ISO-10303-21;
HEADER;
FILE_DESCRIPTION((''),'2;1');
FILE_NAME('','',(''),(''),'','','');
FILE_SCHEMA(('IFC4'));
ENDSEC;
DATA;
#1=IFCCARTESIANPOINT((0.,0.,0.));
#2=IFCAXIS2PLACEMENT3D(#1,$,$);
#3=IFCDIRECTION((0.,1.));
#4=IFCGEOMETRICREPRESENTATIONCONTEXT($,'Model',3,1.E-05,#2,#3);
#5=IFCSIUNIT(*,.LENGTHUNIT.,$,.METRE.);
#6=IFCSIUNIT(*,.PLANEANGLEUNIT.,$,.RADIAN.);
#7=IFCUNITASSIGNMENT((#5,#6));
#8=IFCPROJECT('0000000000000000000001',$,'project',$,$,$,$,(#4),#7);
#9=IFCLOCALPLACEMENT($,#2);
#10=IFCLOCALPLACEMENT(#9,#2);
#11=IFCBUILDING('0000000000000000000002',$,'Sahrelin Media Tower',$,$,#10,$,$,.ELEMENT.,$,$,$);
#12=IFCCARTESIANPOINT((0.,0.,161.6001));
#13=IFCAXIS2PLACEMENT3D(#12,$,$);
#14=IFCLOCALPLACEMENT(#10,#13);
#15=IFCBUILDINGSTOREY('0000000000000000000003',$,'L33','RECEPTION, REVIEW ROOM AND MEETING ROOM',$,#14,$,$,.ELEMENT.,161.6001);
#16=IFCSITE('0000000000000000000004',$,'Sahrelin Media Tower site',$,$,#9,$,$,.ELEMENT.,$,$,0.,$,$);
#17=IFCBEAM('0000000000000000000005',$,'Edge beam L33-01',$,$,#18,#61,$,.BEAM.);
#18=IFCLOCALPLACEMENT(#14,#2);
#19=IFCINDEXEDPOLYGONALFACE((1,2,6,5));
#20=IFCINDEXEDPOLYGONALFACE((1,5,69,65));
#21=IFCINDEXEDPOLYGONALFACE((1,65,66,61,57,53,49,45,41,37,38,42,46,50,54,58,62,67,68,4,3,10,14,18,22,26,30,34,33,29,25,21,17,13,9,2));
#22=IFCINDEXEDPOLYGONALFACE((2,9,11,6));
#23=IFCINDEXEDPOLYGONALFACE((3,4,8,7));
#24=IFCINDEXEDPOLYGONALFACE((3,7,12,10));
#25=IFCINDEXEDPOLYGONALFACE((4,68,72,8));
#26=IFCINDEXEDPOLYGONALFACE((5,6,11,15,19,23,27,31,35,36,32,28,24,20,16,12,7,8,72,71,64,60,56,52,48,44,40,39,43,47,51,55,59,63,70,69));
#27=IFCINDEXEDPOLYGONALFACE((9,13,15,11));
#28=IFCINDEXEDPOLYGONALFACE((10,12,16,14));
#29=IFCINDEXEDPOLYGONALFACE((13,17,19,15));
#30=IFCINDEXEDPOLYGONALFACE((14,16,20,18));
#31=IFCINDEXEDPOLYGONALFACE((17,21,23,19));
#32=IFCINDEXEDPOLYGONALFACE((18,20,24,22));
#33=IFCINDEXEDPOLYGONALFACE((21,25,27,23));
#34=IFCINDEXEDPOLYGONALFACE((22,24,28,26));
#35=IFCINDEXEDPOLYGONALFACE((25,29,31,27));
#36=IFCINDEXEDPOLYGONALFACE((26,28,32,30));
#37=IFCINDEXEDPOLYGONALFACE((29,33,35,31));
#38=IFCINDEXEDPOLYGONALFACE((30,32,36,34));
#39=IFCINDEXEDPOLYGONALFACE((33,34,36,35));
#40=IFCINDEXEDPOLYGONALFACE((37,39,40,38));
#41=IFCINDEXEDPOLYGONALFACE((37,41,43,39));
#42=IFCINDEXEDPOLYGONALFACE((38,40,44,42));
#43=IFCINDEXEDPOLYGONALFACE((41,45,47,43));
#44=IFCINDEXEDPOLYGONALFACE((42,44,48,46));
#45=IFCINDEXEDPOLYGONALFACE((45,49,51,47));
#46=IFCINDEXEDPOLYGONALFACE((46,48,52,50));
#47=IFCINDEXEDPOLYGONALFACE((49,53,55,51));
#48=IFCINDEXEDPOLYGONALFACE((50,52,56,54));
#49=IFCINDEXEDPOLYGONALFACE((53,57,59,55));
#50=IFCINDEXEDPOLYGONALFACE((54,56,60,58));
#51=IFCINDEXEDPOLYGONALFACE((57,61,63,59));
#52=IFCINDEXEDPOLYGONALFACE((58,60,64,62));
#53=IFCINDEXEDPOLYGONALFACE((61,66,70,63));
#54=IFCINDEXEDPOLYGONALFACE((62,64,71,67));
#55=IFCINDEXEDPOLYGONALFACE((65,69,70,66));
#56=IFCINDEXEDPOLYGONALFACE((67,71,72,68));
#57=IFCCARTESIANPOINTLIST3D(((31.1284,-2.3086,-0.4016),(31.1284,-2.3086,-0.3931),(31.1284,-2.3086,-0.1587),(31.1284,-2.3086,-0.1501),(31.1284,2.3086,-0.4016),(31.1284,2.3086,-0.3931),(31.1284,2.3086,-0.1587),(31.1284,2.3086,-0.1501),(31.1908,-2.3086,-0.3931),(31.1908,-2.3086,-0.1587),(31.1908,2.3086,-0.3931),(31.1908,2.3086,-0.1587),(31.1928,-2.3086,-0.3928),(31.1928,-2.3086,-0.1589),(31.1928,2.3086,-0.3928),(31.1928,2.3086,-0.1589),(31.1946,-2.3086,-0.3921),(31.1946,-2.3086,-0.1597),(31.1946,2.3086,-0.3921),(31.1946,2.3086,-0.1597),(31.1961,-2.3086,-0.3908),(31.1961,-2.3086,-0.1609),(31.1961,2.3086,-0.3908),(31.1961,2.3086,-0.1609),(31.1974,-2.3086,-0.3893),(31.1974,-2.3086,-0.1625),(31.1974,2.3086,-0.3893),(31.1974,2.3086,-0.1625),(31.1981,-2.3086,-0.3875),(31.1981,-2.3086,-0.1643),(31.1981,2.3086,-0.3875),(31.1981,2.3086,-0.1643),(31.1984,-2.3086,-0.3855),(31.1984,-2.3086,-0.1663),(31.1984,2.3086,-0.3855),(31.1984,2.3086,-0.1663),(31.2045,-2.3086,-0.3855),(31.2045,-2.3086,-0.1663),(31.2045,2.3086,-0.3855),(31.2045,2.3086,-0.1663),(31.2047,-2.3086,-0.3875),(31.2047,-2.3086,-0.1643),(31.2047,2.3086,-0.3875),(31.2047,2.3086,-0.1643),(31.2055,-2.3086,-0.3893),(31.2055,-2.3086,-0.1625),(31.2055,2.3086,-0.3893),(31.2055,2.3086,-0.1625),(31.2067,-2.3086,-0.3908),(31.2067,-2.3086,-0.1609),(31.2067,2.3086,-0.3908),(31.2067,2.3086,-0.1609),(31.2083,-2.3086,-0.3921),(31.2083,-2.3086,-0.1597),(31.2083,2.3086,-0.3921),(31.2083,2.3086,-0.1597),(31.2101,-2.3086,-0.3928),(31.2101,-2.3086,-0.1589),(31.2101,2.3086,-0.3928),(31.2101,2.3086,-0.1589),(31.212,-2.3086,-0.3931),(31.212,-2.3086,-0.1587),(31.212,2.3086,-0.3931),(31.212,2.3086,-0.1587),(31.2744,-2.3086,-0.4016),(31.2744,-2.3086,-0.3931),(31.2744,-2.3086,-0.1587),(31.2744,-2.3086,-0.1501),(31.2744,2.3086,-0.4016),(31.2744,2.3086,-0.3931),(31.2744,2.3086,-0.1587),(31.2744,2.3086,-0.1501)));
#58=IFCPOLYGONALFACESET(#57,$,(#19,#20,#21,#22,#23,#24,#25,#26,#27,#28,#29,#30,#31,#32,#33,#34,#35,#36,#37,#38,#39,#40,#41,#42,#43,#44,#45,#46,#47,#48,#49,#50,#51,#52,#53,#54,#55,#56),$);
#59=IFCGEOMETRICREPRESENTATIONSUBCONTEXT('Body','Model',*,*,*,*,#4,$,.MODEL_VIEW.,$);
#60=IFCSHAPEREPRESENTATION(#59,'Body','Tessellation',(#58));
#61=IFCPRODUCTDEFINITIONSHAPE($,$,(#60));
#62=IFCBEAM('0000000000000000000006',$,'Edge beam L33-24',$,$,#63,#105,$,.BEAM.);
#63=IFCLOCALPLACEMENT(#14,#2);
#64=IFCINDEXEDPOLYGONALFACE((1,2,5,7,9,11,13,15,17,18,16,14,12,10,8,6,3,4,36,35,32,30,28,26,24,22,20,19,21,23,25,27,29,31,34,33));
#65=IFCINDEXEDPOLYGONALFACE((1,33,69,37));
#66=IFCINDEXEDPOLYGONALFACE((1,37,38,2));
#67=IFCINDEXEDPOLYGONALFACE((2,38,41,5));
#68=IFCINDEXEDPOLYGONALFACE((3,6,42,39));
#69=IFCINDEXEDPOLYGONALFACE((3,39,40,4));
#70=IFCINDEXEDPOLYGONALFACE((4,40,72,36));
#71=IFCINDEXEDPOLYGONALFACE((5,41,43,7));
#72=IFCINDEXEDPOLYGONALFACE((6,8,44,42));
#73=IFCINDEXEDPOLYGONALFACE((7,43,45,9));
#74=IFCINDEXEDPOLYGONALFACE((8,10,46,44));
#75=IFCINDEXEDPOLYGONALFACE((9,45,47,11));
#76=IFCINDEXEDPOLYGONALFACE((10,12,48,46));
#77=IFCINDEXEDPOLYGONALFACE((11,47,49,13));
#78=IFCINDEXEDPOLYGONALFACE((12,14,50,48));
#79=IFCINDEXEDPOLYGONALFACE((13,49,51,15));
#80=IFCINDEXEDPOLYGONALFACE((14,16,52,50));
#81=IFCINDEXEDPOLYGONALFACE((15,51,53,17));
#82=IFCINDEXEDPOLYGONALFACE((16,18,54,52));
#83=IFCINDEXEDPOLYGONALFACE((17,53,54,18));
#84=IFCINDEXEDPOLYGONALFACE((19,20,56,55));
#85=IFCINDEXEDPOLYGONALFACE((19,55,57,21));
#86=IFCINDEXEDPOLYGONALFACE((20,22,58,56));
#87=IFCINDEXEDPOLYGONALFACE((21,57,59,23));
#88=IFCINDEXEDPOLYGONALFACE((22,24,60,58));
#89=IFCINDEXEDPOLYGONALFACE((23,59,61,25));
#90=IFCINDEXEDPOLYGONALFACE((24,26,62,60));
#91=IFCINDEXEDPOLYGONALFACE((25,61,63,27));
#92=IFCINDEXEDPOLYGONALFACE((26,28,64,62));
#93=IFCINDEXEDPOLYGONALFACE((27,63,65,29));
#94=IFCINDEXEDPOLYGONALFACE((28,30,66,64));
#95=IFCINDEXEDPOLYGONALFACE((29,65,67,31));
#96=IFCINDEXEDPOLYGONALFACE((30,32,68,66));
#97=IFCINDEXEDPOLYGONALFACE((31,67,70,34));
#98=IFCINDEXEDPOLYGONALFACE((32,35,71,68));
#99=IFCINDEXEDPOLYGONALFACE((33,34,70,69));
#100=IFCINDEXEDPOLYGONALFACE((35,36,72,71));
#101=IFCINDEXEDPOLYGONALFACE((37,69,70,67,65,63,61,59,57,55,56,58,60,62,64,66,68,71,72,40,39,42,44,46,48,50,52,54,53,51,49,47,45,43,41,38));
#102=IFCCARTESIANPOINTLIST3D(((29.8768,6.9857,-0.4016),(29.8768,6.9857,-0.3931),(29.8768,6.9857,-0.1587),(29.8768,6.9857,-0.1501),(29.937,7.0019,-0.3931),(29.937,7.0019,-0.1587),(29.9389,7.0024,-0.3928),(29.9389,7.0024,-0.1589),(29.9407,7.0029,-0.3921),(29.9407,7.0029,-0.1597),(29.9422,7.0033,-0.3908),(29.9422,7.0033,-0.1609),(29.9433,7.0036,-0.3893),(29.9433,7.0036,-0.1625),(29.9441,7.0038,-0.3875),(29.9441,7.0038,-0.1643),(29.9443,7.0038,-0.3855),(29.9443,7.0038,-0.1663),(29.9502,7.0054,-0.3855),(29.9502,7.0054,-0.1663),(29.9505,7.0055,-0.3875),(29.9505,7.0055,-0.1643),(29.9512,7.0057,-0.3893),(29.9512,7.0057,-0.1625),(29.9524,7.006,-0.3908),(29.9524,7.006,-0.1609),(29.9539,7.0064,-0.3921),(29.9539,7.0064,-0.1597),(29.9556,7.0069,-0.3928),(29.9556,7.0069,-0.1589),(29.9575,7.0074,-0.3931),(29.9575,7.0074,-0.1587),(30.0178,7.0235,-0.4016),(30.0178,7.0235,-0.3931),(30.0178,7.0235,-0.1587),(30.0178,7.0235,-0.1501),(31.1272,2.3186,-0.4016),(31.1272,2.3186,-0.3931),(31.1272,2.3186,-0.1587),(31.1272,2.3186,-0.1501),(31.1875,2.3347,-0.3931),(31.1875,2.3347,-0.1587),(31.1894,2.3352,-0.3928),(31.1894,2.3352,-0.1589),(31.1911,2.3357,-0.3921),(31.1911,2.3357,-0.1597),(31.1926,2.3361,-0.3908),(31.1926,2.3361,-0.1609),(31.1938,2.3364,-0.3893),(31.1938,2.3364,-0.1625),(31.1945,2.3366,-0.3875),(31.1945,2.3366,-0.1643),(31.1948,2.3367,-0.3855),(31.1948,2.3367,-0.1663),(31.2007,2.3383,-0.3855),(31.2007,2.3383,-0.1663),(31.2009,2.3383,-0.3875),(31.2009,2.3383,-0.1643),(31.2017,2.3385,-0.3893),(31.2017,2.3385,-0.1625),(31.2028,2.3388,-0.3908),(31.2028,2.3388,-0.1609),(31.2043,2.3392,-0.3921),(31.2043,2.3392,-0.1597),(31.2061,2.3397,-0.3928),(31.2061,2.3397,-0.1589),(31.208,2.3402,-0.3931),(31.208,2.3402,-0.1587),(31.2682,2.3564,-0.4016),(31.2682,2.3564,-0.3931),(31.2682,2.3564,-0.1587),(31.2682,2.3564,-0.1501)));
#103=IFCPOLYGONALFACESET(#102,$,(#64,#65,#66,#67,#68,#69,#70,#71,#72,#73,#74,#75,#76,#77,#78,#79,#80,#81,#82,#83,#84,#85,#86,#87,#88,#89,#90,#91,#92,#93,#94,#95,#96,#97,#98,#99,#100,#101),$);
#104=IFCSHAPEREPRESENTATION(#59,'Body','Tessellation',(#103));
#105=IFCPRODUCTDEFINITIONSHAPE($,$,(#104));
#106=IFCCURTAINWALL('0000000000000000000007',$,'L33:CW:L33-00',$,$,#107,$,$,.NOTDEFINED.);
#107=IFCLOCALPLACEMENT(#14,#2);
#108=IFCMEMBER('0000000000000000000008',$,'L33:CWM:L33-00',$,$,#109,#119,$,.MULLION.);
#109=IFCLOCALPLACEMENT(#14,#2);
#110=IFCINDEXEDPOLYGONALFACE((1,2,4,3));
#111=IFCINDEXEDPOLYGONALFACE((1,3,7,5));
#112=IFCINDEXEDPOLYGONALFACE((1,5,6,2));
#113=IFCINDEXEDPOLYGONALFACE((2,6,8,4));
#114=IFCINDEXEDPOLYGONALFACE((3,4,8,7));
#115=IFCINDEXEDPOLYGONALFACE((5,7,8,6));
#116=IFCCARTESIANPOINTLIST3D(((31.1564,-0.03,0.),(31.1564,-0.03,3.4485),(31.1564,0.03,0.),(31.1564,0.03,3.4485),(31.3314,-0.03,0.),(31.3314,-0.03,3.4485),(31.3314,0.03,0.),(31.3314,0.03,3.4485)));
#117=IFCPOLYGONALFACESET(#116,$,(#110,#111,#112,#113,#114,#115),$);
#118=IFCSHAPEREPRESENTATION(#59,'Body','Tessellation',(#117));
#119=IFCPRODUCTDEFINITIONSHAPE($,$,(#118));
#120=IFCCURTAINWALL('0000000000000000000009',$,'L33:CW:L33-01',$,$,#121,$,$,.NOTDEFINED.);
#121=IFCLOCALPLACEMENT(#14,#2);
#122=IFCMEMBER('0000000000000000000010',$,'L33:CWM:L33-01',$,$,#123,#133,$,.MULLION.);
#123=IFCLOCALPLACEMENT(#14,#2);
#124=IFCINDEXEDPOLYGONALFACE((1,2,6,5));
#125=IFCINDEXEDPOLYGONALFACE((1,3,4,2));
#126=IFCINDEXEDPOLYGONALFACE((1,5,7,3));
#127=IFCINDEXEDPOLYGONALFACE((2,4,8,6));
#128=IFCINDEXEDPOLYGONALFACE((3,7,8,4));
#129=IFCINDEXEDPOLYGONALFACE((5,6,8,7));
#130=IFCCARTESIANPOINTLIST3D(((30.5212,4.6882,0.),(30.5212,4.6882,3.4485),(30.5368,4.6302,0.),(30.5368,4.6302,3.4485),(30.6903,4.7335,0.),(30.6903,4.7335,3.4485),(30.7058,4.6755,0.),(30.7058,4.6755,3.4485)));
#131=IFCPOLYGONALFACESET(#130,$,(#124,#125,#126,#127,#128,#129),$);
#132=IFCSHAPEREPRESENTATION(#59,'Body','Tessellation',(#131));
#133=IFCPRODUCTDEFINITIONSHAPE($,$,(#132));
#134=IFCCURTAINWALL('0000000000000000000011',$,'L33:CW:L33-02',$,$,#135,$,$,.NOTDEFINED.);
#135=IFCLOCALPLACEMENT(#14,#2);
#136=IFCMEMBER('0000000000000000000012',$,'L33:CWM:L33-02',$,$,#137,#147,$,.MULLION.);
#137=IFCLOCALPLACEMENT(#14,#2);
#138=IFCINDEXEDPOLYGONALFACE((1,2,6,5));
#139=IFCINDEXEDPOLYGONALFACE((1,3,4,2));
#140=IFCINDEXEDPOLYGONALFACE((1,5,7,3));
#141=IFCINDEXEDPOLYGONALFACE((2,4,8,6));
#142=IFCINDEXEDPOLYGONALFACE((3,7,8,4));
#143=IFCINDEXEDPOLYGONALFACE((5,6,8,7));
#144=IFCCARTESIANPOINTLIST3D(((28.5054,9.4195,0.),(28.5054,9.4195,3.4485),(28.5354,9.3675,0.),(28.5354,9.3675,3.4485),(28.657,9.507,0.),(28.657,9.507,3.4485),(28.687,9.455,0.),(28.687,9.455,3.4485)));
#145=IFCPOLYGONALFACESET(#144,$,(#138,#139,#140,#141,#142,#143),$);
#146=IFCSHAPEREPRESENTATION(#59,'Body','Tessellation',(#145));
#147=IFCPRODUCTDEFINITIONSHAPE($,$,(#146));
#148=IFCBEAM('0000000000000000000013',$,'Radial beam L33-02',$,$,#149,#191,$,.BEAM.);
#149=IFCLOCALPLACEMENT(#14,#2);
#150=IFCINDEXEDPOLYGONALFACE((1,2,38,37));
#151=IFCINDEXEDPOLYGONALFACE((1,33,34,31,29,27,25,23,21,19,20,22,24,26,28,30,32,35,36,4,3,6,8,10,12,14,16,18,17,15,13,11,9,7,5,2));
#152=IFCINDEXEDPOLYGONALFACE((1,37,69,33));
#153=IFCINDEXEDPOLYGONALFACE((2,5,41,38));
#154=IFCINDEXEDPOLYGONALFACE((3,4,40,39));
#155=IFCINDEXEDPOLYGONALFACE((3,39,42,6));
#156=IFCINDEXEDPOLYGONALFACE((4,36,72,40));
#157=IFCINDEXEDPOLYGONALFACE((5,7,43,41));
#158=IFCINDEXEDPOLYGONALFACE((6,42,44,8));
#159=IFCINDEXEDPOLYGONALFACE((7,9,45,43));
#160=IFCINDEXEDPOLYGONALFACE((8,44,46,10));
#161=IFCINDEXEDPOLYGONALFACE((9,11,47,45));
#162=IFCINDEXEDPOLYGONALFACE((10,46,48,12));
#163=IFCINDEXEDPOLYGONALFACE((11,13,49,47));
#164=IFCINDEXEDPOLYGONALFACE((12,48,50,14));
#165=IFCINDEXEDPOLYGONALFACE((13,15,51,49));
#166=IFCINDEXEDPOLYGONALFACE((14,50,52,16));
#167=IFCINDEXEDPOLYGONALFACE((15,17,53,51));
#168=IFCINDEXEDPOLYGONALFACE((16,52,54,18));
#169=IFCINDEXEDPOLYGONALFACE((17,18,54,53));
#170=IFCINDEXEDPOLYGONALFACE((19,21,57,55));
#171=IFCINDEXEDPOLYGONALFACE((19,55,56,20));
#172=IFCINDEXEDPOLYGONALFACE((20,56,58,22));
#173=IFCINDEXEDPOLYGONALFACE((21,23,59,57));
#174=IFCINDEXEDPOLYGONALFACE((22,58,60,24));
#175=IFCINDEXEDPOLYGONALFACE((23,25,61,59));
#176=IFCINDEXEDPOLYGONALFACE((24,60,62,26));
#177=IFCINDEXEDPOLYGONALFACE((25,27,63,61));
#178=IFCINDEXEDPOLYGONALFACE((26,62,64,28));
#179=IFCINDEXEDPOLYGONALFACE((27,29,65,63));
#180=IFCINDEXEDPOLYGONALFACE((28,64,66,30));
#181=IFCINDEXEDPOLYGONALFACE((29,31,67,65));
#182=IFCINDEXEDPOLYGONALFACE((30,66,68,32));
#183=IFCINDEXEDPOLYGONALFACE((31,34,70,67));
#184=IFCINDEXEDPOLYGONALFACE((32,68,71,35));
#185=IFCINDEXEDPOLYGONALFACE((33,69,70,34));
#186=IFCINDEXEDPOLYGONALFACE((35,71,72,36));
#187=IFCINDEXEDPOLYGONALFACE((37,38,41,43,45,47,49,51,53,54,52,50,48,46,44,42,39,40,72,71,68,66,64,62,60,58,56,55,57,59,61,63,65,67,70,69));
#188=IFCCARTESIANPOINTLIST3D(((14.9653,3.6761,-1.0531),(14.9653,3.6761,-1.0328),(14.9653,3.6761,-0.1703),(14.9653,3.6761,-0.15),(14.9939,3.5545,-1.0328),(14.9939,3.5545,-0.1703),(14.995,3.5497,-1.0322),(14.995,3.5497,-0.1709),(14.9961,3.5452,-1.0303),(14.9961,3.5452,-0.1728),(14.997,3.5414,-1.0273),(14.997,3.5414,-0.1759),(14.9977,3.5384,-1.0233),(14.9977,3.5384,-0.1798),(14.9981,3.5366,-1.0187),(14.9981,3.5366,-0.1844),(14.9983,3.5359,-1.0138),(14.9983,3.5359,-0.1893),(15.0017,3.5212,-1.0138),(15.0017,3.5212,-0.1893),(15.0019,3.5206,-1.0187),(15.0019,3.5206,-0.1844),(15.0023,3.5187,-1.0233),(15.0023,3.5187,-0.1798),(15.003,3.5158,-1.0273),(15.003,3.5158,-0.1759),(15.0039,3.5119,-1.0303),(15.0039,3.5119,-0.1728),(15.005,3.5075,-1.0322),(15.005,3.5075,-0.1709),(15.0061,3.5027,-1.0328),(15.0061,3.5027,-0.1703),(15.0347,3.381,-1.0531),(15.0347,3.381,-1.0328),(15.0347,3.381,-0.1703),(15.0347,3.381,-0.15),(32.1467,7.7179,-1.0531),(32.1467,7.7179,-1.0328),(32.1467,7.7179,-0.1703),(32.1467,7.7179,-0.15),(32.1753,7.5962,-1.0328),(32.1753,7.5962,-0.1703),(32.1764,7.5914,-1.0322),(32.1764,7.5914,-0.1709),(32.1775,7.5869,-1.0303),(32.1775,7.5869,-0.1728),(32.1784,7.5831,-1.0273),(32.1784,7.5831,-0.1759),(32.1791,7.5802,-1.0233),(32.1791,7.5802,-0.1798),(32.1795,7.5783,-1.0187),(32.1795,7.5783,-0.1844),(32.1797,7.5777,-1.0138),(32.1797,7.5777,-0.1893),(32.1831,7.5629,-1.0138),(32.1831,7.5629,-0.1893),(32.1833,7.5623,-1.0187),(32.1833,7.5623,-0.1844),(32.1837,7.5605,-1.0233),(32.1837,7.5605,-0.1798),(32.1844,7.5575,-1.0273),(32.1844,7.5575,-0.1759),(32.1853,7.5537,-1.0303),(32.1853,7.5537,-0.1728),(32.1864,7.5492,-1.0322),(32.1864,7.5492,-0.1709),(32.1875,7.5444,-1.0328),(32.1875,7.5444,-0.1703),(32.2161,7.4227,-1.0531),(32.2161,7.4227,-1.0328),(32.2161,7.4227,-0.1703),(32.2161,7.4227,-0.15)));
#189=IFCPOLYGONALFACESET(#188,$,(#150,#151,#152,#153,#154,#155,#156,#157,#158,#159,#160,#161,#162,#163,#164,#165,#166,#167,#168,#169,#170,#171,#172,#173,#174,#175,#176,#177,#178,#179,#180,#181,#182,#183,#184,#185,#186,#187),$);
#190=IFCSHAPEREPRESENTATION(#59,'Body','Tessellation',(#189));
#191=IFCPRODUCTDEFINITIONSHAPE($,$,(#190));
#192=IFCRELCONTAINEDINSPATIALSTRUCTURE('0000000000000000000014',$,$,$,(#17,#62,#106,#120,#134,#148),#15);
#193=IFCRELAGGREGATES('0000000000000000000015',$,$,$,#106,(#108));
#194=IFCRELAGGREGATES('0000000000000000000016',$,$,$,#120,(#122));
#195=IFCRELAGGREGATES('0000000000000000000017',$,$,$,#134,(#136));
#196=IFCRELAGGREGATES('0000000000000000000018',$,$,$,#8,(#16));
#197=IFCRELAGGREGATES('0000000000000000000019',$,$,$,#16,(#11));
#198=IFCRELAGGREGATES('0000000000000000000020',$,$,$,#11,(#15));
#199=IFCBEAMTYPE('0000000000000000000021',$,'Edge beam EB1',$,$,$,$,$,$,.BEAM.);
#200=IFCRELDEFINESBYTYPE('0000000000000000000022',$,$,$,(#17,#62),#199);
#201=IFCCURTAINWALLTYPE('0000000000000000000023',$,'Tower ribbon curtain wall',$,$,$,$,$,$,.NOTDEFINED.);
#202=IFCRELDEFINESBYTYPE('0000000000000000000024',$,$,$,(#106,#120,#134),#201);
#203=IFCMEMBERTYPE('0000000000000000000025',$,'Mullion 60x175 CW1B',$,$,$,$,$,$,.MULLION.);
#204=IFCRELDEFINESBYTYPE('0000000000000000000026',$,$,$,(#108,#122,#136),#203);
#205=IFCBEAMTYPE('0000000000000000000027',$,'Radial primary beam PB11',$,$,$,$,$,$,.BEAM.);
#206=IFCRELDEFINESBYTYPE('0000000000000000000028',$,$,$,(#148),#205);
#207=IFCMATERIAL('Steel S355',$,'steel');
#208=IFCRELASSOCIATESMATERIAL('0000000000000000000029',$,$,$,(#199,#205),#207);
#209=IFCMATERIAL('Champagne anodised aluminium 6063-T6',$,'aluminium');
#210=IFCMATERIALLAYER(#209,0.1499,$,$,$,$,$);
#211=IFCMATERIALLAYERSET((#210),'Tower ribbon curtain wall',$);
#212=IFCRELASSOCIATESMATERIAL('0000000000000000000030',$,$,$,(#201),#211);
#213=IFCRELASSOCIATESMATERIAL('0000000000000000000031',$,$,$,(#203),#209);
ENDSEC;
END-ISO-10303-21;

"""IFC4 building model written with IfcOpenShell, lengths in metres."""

from ifc_helpers import new_model, si_unit, direction, frame, origin, origin_2d, place, context, subcontext, project, spatial, rectangle, i_section, extrude, material, layer, layer_set, material_profile, profile_set, type_object, element, aggregate, save


model = new_model("IFC4")

# Units and contexts
model_context = context("Model", 3, precision=1e-05, world=origin(), true_north=direction((0.0, 1.0)))
body_context = subcontext(model_context, "Body", "Model", "MODEL_VIEW")
ifc_project = project(units=[si_unit("LENGTHUNIT", "METRE"), si_unit("PLANEANGLEUNIT", "RADIAN")], contexts=[model_context])

# Site, building, storey
site_placement = place(None, origin())
site = spatial("IfcSite", under=ifc_project, at=site_placement, Name="Sahrelin Media Tower site", CompositionType="ELEMENT", RefElevation=0.0)
building_placement = place(site_placement, origin())
building = spatial("IfcBuilding", under=site, at=building_placement, Name="Sahrelin Media Tower", CompositionType="ELEMENT")
storey_placement = place(building_placement, frame((0.0, 0.0, 161.6001)))
storey = spatial("IfcBuildingStorey", under=building, at=storey_placement, Name="L33", Description="RECEPTION, REVIEW ROOM AND MEETING ROOM", CompositionType="ELEMENT", Elevation=161.6001)

# Beams
ifc_material_1 = material(Name="Steel S355", Category="steel")
ifc_material_profile_1 = material_profile(ifc_material_1, i_section(OverallWidth=0.146, OverallDepth=0.2515, WebThickness=0.0061, FlangeThickness=0.0085, FilletRadius=0.0076, at=origin_2d()), Name="UB 254x146x31")
ifc_profile_set_1 = profile_set([ifc_material_profile_1], Name="Steel S355")
beam_type_1 = type_object("IfcBeamType", Name="Edge beam EB1", PredefinedType="BEAM", material=ifc_profile_set_1)
beam_1_placement = place(storey_placement, frame((31.2014, 2.3086, -0.2759), z_axis=(0.0, -1.0, 0.0), x_axis=(1.0, 0.0, 0.0)))
element("IfcBeam", 1, at=beam_1_placement, inside=storey, type_object=beam_type_1, Name="Edge beam L33-01", PredefinedType="BEAM", context=body_context, shape_type="SweptSolid", body=[
    extrude(i_section(OverallWidth=0.146, OverallDepth=0.2515, WebThickness=0.0061, FlangeThickness=0.0085, FilletRadius=0.0076, at=origin_2d()), origin(), (0.0, 0.0, 1.0), 4.6172),
])
beam_2_placement = place(storey_placement, frame((29.9473, 7.0046, -0.2759), z_axis=(0.258801, -0.965931, 0.0), x_axis=(0.965931, 0.258801, 0.0)))
element("IfcBeam", 2, at=beam_2_placement, inside=storey, type_object=beam_type_1, Name="Edge beam L33-24", PredefinedType="BEAM", context=body_context, shape_type="SweptSolid", body=[
    extrude(i_section(OverallWidth=0.146, OverallDepth=0.2515, WebThickness=0.0061, FlangeThickness=0.0085, FilletRadius=0.0076, at=origin_2d()), origin(), (0.0, 0.0, 1.0), 4.8318),
])

# Curtain walls, members
ifc_material_2 = material(Name="Champagne anodised aluminium 6063-T6", Category="aluminium")
ifc_layer_1 = layer(ifc_material_2, 0.1499)
ifc_layer_set_1 = layer_set([ifc_layer_1], Name="Tower ribbon curtain wall")
curtain_wall_type = type_object("IfcCurtainWallType", Name="Tower ribbon curtain wall", PredefinedType="NOTDEFINED", material=ifc_layer_set_1)
curtain_wall_1_placement = place(storey_placement, frame((31.3516, 0.0, 0.0), z_axis=(0.0, 0.0, 1.0), x_axis=(1.0, 0.0, 0.0)))
curtain_wall_1 = element("IfcCurtainWall", 3, at=curtain_wall_1_placement, inside=storey, type_object=curtain_wall_type, Name="L33:CW:L33-00", PredefinedType="NOTDEFINED")
ifc_material_profile_2 = material_profile(ifc_material_2, rectangle(XDim=0.0601, YDim=0.175, at=origin_2d()), Name="Mullion 60x175")
ifc_profile_set_2 = profile_set([ifc_material_profile_2], Name="Champagne anodised aluminium 6063-T6")
member_type_1 = type_object("IfcMemberType", Name="Mullion 60x175 CW1B", PredefinedType="MULLION", material=ifc_profile_set_2)
member_1_placement = place(storey_placement, frame((31.2439, 0.0, 0.0), z_axis=(0.0, 0.0, 1.0), x_axis=(0.0, 1.0, 0.0)))
member_1 = element("IfcMember", 4, at=member_1_placement, type_object=member_type_1, Name="L33:CWM:L33-00", PredefinedType="MULLION", context=body_context, shape_type="SweptSolid", body=[
    extrude(rectangle(XDim=0.0601, YDim=0.175, at=origin_2d()), origin(), (0.0, 0.0, 1.0), 3.4485),
])
aggregate(curtain_wall_1, [member_1])
curtain_wall_2_placement = place(storey_placement, frame((30.7173, 4.7097, 0.0), z_axis=(0.0, 0.0, 1.0), x_axis=(1.0, 0.0, 0.0)))
curtain_wall_2 = element("IfcCurtainWall", 5, at=curtain_wall_2_placement, inside=storey, type_object=curtain_wall_type, Name="L33:CW:L33-01", PredefinedType="NOTDEFINED")
member_2_placement = place(storey_placement, frame((30.6135, 4.6819, 0.0), z_axis=(0.0, 0.0, 1.0), x_axis=(-0.258807, 0.965929, 0.0)))
member_2 = element("IfcMember", 6, at=member_2_placement, type_object=member_type_1, Name="L33:CWM:L33-01", PredefinedType="MULLION", context=body_context, shape_type="SweptSolid", body=[
    extrude(rectangle(XDim=0.0601, YDim=0.175, at=origin_2d()), origin(), (0.0, 0.0, 1.0), 3.4485),
])
curtain_wall_3_placement = place(storey_placement, frame((28.6892, 9.491, 0.0), z_axis=(0.0, 0.0, 1.0), x_axis=(1.0, 0.0, 0.0)))
curtain_wall_3 = element("IfcCurtainWall", 7, at=curtain_wall_3_placement, inside=storey, type_object=curtain_wall_type, Name="L33:CW:L33-02", PredefinedType="NOTDEFINED")
member_3_placement = place(storey_placement, frame((28.5962, 9.4373, 0.0), z_axis=(0.0, 0.0, 1.0), x_axis=(-0.499998, 0.866026, 0.0)))
member_3 = element("IfcMember", 8, at=member_3_placement, type_object=member_type_1, Name="L33:CWM:L33-02", PredefinedType="MULLION", context=body_context, shape_type="SweptSolid", body=[
    extrude(rectangle(XDim=0.0601, YDim=0.175, at=origin_2d()), origin(), (0.0, 0.0, 1.0), 3.4485),
])

# Beam
ifc_material_profile_3 = material_profile(ifc_material_1, i_section(OverallWidth=0.3032, OverallDepth=0.9031, WebThickness=0.0151, FlangeThickness=0.0203, FilletRadius=0.019, at=origin_2d()), Name="UB 914x305x201")
ifc_profile_set_3 = profile_set([ifc_material_profile_3], Name="Steel S355")
beam_type_2 = type_object("IfcBeamType", Name="Radial primary beam PB11", PredefinedType="BEAM", material=ifc_profile_set_3)
beam_3_placement = place(storey_placement, frame((15.0, 3.5286, -0.6016), z_axis=(0.973429, 0.228989, 0.0), x_axis=(-0.228989, 0.973429, 0.0)))
element("IfcBeam", 9, at=beam_3_placement, inside=storey, type_object=beam_type_2, Name="Radial beam L33-02", PredefinedType="BEAM", context=body_context, shape_type="SweptSolid", body=[
    extrude(i_section(OverallWidth=0.3032, OverallDepth=0.9031, WebThickness=0.0151, FlangeThickness=0.0203, FilletRadius=0.019, at=origin_2d()), origin(), (0.0, 0.0, 1.0), 17.6504),
])

aggregate(curtain_wall_2, [member_2])
aggregate(curtain_wall_3, [member_3])

save(model, "model.ifc")
